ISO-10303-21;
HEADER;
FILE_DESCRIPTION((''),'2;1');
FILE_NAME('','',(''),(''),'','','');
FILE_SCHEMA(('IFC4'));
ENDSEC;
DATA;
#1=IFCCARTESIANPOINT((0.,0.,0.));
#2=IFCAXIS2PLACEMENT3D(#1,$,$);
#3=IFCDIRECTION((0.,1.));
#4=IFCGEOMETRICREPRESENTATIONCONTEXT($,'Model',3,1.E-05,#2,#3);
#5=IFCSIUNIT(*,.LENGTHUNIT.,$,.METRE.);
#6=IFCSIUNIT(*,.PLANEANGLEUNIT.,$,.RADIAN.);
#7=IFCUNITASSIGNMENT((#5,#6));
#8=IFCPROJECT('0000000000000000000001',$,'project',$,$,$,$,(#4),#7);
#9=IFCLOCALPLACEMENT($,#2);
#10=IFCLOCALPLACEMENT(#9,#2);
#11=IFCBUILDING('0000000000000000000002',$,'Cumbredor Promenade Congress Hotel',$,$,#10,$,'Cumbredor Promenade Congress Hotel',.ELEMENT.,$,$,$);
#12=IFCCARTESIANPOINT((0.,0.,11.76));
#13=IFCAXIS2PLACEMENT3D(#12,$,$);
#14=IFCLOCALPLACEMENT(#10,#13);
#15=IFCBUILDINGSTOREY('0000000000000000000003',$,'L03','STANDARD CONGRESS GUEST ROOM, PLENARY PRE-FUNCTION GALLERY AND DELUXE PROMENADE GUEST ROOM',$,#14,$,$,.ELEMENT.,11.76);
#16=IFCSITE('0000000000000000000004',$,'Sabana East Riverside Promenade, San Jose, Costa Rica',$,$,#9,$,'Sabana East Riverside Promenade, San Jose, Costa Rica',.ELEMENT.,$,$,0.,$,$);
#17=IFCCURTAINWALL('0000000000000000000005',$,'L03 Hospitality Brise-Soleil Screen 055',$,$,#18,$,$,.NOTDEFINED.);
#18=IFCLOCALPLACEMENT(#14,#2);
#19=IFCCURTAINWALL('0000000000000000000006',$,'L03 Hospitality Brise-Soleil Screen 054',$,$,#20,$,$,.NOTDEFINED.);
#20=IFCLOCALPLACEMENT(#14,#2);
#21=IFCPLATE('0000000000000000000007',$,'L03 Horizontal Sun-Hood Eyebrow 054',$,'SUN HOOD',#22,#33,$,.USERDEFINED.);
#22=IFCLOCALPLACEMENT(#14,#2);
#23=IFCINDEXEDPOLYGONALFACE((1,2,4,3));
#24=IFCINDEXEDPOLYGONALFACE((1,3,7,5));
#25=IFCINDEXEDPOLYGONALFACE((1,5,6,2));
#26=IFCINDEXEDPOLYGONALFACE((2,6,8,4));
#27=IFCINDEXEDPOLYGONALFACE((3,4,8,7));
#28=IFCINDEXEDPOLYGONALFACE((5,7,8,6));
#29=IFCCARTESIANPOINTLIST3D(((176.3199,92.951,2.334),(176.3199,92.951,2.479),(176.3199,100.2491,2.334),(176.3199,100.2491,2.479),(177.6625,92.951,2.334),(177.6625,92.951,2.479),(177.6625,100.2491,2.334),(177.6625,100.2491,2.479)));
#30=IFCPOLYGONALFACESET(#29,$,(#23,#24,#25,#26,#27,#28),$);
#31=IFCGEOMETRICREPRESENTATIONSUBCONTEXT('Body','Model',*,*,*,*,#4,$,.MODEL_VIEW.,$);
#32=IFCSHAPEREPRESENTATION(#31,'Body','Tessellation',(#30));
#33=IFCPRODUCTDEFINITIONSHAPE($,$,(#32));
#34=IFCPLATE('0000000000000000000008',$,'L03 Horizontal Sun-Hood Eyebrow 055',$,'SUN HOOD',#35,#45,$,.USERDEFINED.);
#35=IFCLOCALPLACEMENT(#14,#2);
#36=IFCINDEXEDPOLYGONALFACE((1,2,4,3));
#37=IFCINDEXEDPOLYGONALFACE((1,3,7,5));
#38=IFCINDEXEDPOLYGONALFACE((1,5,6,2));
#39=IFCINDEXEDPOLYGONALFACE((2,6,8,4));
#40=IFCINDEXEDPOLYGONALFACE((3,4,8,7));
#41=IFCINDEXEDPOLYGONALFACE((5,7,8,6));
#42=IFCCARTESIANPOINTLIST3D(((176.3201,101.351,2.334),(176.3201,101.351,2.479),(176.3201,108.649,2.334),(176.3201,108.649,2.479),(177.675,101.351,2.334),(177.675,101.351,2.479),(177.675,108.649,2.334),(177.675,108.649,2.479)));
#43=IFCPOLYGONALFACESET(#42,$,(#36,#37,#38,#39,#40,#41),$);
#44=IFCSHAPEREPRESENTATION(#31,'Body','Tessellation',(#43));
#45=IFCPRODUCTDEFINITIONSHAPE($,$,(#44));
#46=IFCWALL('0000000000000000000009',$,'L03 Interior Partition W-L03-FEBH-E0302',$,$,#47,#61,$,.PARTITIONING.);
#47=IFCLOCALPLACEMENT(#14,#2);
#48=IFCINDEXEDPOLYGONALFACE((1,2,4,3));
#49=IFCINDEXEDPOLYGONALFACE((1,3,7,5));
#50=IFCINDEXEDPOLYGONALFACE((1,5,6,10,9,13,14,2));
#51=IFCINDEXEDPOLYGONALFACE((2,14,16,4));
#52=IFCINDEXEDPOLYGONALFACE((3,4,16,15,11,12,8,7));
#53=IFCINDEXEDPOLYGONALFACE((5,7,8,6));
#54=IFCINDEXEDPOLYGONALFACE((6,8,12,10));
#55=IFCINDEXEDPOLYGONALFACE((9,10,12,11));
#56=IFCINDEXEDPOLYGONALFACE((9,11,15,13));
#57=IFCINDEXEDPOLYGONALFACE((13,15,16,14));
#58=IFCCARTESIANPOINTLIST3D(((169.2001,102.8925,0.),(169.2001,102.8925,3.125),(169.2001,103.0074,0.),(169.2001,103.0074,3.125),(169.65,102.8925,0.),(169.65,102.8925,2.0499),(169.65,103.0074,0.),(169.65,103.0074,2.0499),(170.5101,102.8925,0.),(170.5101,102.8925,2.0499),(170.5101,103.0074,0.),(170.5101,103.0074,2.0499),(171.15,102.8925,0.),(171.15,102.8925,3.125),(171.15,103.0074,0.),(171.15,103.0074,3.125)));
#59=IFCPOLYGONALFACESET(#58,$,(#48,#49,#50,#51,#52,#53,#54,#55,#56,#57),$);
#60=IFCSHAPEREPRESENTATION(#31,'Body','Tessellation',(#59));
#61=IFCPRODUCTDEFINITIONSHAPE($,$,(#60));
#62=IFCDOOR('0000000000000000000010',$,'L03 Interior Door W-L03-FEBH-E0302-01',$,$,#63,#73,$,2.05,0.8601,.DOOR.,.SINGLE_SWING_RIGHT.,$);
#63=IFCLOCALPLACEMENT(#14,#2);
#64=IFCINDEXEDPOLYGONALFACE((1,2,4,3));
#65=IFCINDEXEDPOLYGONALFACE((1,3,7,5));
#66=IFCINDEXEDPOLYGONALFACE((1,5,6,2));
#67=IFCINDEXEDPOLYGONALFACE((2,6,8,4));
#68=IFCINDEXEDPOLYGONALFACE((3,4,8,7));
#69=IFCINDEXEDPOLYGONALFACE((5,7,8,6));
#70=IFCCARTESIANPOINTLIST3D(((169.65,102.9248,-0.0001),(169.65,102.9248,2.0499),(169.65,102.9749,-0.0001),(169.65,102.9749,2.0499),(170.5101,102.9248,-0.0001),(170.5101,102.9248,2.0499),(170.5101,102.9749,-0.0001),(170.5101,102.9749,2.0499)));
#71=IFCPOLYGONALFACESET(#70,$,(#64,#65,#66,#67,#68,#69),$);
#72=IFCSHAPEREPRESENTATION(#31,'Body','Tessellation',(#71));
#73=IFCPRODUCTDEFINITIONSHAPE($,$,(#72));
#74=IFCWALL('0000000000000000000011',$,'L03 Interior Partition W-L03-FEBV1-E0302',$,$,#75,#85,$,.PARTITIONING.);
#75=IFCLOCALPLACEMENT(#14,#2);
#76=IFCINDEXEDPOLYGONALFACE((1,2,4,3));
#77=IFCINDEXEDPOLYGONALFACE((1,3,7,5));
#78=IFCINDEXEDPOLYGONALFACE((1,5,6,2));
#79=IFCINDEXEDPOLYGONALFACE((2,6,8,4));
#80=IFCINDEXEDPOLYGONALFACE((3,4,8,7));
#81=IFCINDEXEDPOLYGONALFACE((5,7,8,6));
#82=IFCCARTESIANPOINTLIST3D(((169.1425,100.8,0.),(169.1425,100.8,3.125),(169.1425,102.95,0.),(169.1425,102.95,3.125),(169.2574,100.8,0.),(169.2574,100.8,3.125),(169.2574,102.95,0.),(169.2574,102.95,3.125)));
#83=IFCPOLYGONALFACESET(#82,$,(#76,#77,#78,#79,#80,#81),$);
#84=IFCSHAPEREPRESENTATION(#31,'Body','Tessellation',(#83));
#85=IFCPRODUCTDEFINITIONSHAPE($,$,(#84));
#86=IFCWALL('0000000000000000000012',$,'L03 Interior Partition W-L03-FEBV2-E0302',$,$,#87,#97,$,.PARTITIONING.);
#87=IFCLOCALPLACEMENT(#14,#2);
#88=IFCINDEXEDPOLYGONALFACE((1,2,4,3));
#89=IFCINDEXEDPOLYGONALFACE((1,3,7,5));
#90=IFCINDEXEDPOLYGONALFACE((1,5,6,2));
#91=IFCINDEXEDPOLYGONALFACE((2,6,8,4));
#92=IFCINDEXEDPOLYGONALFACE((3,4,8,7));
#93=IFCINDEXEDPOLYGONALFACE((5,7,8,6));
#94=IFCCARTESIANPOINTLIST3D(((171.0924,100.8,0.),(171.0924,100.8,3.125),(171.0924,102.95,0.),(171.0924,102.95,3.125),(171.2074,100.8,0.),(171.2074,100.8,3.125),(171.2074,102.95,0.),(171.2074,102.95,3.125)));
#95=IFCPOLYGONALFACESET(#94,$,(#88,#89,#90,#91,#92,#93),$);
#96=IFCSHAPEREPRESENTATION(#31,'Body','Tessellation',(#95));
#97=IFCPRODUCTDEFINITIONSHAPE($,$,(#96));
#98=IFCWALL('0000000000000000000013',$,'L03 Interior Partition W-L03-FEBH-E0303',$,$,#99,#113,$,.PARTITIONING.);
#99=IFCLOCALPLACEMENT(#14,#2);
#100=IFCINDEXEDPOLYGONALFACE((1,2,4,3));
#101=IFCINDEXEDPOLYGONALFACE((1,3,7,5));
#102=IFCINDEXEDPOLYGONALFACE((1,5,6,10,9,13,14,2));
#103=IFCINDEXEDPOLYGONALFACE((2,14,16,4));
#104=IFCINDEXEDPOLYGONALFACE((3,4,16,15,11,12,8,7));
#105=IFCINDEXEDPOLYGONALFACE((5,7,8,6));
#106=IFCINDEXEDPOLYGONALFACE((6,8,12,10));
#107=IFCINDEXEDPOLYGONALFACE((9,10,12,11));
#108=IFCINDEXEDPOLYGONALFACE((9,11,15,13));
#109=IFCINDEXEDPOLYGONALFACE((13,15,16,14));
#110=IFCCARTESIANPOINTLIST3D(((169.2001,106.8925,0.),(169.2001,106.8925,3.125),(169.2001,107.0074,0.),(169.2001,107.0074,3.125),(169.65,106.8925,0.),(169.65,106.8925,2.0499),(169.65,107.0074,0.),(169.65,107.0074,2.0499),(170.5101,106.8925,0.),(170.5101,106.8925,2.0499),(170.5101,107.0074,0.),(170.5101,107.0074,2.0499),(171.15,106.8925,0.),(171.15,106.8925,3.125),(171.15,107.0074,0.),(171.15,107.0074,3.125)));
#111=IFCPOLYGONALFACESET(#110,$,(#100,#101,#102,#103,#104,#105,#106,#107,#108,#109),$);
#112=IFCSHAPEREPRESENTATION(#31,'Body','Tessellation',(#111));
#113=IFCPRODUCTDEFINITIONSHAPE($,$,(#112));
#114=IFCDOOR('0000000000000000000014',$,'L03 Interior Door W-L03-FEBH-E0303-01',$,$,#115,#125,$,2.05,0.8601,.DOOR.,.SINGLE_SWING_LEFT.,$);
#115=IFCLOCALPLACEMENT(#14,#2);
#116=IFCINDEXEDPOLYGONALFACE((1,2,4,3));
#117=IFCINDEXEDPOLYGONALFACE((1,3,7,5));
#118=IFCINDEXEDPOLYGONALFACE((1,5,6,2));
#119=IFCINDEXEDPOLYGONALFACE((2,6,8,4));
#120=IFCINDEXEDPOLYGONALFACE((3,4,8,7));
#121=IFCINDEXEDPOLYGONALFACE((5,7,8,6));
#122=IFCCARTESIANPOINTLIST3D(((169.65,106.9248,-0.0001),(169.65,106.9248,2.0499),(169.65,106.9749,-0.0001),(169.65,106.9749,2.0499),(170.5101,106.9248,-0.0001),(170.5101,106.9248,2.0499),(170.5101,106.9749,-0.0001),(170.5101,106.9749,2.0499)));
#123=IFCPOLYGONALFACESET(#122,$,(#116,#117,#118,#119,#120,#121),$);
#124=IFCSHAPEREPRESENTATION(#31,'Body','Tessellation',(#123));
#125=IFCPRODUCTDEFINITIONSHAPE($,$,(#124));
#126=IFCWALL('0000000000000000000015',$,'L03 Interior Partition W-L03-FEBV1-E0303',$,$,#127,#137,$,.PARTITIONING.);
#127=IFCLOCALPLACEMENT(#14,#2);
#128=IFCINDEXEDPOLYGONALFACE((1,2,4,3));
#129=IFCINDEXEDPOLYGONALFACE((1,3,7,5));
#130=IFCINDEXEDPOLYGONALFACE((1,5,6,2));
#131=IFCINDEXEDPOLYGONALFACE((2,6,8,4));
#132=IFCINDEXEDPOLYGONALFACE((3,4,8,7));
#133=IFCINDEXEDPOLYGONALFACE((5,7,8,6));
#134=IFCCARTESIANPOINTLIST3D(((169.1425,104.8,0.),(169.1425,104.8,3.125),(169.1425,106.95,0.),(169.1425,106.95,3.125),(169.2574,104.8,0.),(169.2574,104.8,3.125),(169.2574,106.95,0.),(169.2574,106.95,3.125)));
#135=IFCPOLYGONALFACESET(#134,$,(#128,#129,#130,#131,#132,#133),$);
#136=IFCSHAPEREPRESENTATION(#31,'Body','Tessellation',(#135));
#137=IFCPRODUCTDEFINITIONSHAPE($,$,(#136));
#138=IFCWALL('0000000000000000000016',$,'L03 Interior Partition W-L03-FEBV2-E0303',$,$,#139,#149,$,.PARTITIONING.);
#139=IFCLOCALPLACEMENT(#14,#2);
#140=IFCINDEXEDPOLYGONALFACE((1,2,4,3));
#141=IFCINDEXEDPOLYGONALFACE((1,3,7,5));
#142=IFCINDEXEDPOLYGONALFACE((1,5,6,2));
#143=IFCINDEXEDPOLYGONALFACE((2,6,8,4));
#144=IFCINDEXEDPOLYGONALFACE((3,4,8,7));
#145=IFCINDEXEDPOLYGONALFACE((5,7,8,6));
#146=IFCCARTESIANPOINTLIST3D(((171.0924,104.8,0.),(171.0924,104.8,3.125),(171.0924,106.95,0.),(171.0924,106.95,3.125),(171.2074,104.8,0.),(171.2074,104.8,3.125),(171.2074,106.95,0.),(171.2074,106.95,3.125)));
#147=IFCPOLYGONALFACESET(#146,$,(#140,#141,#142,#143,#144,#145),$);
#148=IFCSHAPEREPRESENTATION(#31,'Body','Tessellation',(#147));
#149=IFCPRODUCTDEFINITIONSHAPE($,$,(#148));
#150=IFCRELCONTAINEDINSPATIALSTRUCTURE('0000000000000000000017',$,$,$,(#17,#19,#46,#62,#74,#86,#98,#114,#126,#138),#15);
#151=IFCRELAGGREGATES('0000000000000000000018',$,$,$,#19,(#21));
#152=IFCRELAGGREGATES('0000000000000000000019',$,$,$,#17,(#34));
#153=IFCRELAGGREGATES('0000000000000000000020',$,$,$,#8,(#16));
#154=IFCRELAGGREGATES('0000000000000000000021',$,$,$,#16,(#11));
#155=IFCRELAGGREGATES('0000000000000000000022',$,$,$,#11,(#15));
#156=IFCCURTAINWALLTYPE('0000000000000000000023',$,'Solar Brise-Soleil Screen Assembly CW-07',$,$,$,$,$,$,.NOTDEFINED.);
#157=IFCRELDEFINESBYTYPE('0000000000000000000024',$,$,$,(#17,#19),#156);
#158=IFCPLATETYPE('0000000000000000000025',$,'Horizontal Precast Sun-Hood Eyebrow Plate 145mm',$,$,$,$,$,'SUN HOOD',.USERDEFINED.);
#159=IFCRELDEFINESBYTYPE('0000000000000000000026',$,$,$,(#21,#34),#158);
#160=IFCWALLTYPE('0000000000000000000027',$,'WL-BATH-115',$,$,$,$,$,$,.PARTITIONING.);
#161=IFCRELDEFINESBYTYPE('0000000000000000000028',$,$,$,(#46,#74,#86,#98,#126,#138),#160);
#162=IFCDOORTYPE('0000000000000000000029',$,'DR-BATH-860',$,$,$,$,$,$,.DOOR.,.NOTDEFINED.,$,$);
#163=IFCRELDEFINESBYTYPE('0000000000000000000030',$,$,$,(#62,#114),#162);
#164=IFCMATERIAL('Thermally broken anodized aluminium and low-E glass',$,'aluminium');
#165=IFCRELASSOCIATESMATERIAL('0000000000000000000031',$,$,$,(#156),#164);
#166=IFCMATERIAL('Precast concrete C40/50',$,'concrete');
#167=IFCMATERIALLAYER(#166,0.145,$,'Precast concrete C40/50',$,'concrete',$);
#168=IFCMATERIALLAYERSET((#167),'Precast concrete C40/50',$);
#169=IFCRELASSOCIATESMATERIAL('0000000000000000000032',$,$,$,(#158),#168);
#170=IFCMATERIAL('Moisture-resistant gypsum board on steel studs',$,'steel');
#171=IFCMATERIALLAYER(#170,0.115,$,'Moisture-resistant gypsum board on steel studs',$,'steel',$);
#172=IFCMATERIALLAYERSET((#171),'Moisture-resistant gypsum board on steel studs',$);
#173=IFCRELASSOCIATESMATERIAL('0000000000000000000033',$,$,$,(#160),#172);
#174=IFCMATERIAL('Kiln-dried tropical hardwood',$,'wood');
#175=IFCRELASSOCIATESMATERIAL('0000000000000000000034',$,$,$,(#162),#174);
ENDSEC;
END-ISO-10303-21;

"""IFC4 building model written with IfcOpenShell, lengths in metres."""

from ifc_helpers import new_model, si_unit, direction, frame, frame_2d, origin, origin_2d, place, context, subcontext, project, spatial, rectangle, extrude, material, layer, layer_set, type_object, element, fill, aggregate, save


model = new_model("IFC4")

# Units and contexts
model_context = context("Model", 3, precision=1e-05, world=origin(), true_north=direction((0.0, 1.0)))
body_context = subcontext(model_context, "Body", "Model", "MODEL_VIEW")
ifc_project = project(units=[si_unit("LENGTHUNIT", "METRE"), si_unit("PLANEANGLEUNIT", "RADIAN")], contexts=[model_context])

# Site, building, storey
site_placement = place(None, origin())
site = spatial("IfcSite", under=ifc_project, at=site_placement, Name="Sabana East Riverside Promenade, San Jose, Costa Rica", LongName="Sabana East Riverside Promenade, San Jose, Costa Rica", CompositionType="ELEMENT", RefElevation=0.0)
building_placement = place(site_placement, origin())
building = spatial("IfcBuilding", under=site, at=building_placement, Name="Cumbredor Promenade Congress Hotel", LongName="Cumbredor Promenade Congress Hotel", CompositionType="ELEMENT")
storey_placement = place(building_placement, frame((0.0, 0.0, 11.76)))
storey = spatial("IfcBuildingStorey", under=building, at=storey_placement, Name="L03", Description="STANDARD CONGRESS GUEST ROOM, PLENARY PRE-FUNCTION GALLERY AND DELUXE PROMENADE GUEST ROOM", CompositionType="ELEMENT", Elevation=11.76)

# Curtain wall
ifc_material_1 = material(Name="Thermally broken anodized aluminium and low-E glass", Category="aluminium")
curtain_wall_type = type_object("IfcCurtainWallType", Name="Solar Brise-Soleil Screen Assembly CW-07", PredefinedType="NOTDEFINED", material=ifc_material_1)
curtain_wall_1_placement = place(storey_placement, origin())
curtain_wall_1 = element("IfcCurtainWall", 1, at=curtain_wall_1_placement, inside=storey, type_object=curtain_wall_type, Name="L03 Hospitality Brise-Soleil Screen 055", PredefinedType="NOTDEFINED")

# Curtain wall
curtain_wall_2_placement = place(storey_placement, origin())
curtain_wall_2 = element("IfcCurtainWall", 2, at=curtain_wall_2_placement, inside=storey, type_object=curtain_wall_type, Name="L03 Hospitality Brise-Soleil Screen 054", PredefinedType="NOTDEFINED")

# Shared definitions
ifc_material_2 = material(Name="Kiln-dried tropical hardwood", Category="wood")

# Plates
ifc_material_3 = material(Name="Precast concrete C40/50", Category="concrete")
ifc_layer_1 = layer(ifc_material_3, 0.145, Name="Precast concrete C40/50", Category="concrete")
ifc_layer_set_1 = layer_set([ifc_layer_1], Name="Precast concrete C40/50")
plate_type = type_object("IfcPlateType", Name="Horizontal Precast Sun-Hood Eyebrow Plate 145mm", ElementType="SUN HOOD", PredefinedType="USERDEFINED", material=ifc_layer_set_1)
plate_1_placement = place(storey_placement, frame((176.9912, 96.6001, 2.334), z_axis=(0.0, 0.0, 1.0), x_axis=(0.0, 1.0, 0.0)))
plate_1 = element("IfcPlate", 3, at=plate_1_placement, type_object=plate_type, Name="L03 Horizontal Sun-Hood Eyebrow 054", ObjectType="SUN HOOD", PredefinedType="USERDEFINED", context=body_context, shape_type="SweptSolid", body=[
    extrude(rectangle(XDim=7.2981, YDim=1.3425, at=origin_2d()), origin(), (0.0, 0.0, 1.0), 0.145),
])
aggregate(curtain_wall_2, [plate_1])
plate_2_placement = place(storey_placement, frame((176.9976, 105.0, 2.334), z_axis=(0.0, 0.0, 1.0), x_axis=(0.0, 1.0, 0.0)))
plate_2 = element("IfcPlate", 4, at=plate_2_placement, type_object=plate_type, Name="L03 Horizontal Sun-Hood Eyebrow 055", ObjectType="SUN HOOD", PredefinedType="USERDEFINED", context=body_context, shape_type="SweptSolid", body=[
    extrude(rectangle(XDim=7.2981, YDim=1.355, at=origin_2d()), origin(), (0.0, 0.0, 1.0), 0.145),
])
aggregate(curtain_wall_1, [plate_2])

# Wall, opening, door
ifc_material_4 = material(Name="Moisture-resistant gypsum board on steel studs", Category="steel")
ifc_layer_2 = layer(ifc_material_4, 0.115, Name="Moisture-resistant gypsum board on steel studs", Category="steel")
ifc_layer_set_2 = layer_set([ifc_layer_2], Name="Moisture-resistant gypsum board on steel studs")
wall_type_1 = type_object("IfcWallType", Name="WL-BATH-115", PredefinedType="PARTITIONING", material=ifc_layer_set_2)
wall_1_placement = place(storey_placement, frame((169.2, 102.95, 0.0), z_axis=(0.0, 0.0, 1.0), x_axis=(1.0, 0.0, 0.0)))
wall_1 = element("IfcWall", 5, at=wall_1_placement, inside=storey, type_object=wall_type_1, Name="L03 Interior Partition W-L03-FEBH-E0302", PredefinedType="PARTITIONING", context=body_context, shape_type="SweptSolid", body=[
    extrude(rectangle(XDim=1.95, YDim=0.115, at=frame_2d((0.9751, 0.0))), origin(), (0.0, 0.0, 1.0), 3.125),
])
opening_1_placement = place(wall_1_placement, frame((0.45, 0.0, 0.0)))
opening_1 = element("IfcOpeningElement", 6, at=opening_1_placement, cuts=wall_1, PredefinedType="OPENING", context=body_context, shape_type="SweptSolid", body=[
    extrude(rectangle(XDim=0.8601, YDim=2.05, at=frame_2d((0.4302, 1.0249))), frame((0.0, 0.0674, 0.0), z_axis=(0.0, -1.0, 0.0), x_axis=(1.0, 0.0, 0.0)), (0.0, 0.0, 1.0), 0.135),
])
door_type = type_object("IfcDoorType", Name="DR-BATH-860", OperationType="NOTDEFINED", PredefinedType="DOOR", material=ifc_material_2)
door_1_placement = place(opening_1_placement, origin())
door_1 = element("IfcDoor", 7, at=door_1_placement, inside=storey, type_object=door_type, Name="L03 Interior Door W-L03-FEBH-E0302-01", OperationType="SINGLE_SWING_RIGHT", OverallHeight=2.05, OverallWidth=0.8601, PredefinedType="DOOR", context=body_context, shape_type="SweptSolid", body=[
    extrude(rectangle(XDim=0.8601, YDim=2.05, at=frame_2d((0.4302, 1.0249))), frame((0.0, 0.0249, 0.0), z_axis=(0.0, -1.0, 0.0), x_axis=(1.0, 0.0, 0.0)), (0.0, 0.0, 1.0), 0.05),
])
fill(opening_1, door_1)

# Walls
for number, where, z_axis, x_axis, name in (
    (8, (169.2, 100.8, 0.0), (0.0, 0.0, 1.0), (0.0, 1.0, 0.0), "L03 Interior Partition W-L03-FEBV1-E0302"),
    (9, (171.1499, 100.8, 0.0), (0.0, 0.0, 1.0), (0.0, 1.0, 0.0), "L03 Interior Partition W-L03-FEBV2-E0302"),
):
    element("IfcWall", number, at=place(storey_placement, frame(where, z_axis=z_axis, x_axis=x_axis)), inside=storey, type_object=wall_type_1, Name=name, PredefinedType="PARTITIONING", context=body_context, shape_type="SweptSolid", body=[
        extrude(rectangle(XDim=2.1499, YDim=0.115, at=frame_2d((1.075, 0.0))), origin(), (0.0, 0.0, 1.0), 3.125),
    ])

# Wall, opening, door
wall_2_placement = place(storey_placement, frame((169.2, 106.95, 0.0), z_axis=(0.0, 0.0, 1.0), x_axis=(1.0, 0.0, 0.0)))
wall_2 = element("IfcWall", 10, at=wall_2_placement, inside=storey, type_object=wall_type_1, Name="L03 Interior Partition W-L03-FEBH-E0303", PredefinedType="PARTITIONING", context=body_context, shape_type="SweptSolid", body=[
    extrude(rectangle(XDim=1.95, YDim=0.115, at=frame_2d((0.9751, 0.0))), origin(), (0.0, 0.0, 1.0), 3.125),
])
opening_2_placement = place(wall_2_placement, frame((0.45, 0.0, 0.0)))
opening_2 = element("IfcOpeningElement", 11, at=opening_2_placement, cuts=wall_2, PredefinedType="OPENING", context=body_context, shape_type="SweptSolid", body=[
    extrude(rectangle(XDim=0.8601, YDim=2.05, at=frame_2d((0.4302, 1.0249))), frame((0.0, 0.0674, 0.0), z_axis=(0.0, -1.0, 0.0), x_axis=(1.0, 0.0, 0.0)), (0.0, 0.0, 1.0), 0.135),
])
door_2_placement = place(opening_2_placement, origin())
door_2 = element("IfcDoor", 12, at=door_2_placement, inside=storey, type_object=door_type, Name="L03 Interior Door W-L03-FEBH-E0303-01", OperationType="SINGLE_SWING_LEFT", OverallHeight=2.05, OverallWidth=0.8601, PredefinedType="DOOR", context=body_context, shape_type="SweptSolid", body=[
    extrude(rectangle(XDim=0.8601, YDim=2.05, at=frame_2d((0.4302, 1.0249))), frame((0.0, 0.0249, 0.0), z_axis=(0.0, -1.0, 0.0), x_axis=(1.0, 0.0, 0.0)), (0.0, 0.0, 1.0), 0.05),
])
fill(opening_2, door_2)

# Walls
for number, where, z_axis, x_axis, name in (
    (13, (169.2, 104.8, 0.0), (0.0, 0.0, 1.0), (0.0, 1.0, 0.0), "L03 Interior Partition W-L03-FEBV1-E0303"),
    (14, (171.1499, 104.8, 0.0), (0.0, 0.0, 1.0), (0.0, 1.0, 0.0), "L03 Interior Partition W-L03-FEBV2-E0303"),
):
    element("IfcWall", number, at=place(storey_placement, frame(where, z_axis=z_axis, x_axis=x_axis)), inside=storey, type_object=wall_type_1, Name=name, PredefinedType="PARTITIONING", context=body_context, shape_type="SweptSolid", body=[
        extrude(rectangle(XDim=2.1499, YDim=0.115, at=frame_2d((1.075, 0.0))), origin(), (0.0, 0.0, 1.0), 3.125),
    ])

save(model, "model.ifc")
